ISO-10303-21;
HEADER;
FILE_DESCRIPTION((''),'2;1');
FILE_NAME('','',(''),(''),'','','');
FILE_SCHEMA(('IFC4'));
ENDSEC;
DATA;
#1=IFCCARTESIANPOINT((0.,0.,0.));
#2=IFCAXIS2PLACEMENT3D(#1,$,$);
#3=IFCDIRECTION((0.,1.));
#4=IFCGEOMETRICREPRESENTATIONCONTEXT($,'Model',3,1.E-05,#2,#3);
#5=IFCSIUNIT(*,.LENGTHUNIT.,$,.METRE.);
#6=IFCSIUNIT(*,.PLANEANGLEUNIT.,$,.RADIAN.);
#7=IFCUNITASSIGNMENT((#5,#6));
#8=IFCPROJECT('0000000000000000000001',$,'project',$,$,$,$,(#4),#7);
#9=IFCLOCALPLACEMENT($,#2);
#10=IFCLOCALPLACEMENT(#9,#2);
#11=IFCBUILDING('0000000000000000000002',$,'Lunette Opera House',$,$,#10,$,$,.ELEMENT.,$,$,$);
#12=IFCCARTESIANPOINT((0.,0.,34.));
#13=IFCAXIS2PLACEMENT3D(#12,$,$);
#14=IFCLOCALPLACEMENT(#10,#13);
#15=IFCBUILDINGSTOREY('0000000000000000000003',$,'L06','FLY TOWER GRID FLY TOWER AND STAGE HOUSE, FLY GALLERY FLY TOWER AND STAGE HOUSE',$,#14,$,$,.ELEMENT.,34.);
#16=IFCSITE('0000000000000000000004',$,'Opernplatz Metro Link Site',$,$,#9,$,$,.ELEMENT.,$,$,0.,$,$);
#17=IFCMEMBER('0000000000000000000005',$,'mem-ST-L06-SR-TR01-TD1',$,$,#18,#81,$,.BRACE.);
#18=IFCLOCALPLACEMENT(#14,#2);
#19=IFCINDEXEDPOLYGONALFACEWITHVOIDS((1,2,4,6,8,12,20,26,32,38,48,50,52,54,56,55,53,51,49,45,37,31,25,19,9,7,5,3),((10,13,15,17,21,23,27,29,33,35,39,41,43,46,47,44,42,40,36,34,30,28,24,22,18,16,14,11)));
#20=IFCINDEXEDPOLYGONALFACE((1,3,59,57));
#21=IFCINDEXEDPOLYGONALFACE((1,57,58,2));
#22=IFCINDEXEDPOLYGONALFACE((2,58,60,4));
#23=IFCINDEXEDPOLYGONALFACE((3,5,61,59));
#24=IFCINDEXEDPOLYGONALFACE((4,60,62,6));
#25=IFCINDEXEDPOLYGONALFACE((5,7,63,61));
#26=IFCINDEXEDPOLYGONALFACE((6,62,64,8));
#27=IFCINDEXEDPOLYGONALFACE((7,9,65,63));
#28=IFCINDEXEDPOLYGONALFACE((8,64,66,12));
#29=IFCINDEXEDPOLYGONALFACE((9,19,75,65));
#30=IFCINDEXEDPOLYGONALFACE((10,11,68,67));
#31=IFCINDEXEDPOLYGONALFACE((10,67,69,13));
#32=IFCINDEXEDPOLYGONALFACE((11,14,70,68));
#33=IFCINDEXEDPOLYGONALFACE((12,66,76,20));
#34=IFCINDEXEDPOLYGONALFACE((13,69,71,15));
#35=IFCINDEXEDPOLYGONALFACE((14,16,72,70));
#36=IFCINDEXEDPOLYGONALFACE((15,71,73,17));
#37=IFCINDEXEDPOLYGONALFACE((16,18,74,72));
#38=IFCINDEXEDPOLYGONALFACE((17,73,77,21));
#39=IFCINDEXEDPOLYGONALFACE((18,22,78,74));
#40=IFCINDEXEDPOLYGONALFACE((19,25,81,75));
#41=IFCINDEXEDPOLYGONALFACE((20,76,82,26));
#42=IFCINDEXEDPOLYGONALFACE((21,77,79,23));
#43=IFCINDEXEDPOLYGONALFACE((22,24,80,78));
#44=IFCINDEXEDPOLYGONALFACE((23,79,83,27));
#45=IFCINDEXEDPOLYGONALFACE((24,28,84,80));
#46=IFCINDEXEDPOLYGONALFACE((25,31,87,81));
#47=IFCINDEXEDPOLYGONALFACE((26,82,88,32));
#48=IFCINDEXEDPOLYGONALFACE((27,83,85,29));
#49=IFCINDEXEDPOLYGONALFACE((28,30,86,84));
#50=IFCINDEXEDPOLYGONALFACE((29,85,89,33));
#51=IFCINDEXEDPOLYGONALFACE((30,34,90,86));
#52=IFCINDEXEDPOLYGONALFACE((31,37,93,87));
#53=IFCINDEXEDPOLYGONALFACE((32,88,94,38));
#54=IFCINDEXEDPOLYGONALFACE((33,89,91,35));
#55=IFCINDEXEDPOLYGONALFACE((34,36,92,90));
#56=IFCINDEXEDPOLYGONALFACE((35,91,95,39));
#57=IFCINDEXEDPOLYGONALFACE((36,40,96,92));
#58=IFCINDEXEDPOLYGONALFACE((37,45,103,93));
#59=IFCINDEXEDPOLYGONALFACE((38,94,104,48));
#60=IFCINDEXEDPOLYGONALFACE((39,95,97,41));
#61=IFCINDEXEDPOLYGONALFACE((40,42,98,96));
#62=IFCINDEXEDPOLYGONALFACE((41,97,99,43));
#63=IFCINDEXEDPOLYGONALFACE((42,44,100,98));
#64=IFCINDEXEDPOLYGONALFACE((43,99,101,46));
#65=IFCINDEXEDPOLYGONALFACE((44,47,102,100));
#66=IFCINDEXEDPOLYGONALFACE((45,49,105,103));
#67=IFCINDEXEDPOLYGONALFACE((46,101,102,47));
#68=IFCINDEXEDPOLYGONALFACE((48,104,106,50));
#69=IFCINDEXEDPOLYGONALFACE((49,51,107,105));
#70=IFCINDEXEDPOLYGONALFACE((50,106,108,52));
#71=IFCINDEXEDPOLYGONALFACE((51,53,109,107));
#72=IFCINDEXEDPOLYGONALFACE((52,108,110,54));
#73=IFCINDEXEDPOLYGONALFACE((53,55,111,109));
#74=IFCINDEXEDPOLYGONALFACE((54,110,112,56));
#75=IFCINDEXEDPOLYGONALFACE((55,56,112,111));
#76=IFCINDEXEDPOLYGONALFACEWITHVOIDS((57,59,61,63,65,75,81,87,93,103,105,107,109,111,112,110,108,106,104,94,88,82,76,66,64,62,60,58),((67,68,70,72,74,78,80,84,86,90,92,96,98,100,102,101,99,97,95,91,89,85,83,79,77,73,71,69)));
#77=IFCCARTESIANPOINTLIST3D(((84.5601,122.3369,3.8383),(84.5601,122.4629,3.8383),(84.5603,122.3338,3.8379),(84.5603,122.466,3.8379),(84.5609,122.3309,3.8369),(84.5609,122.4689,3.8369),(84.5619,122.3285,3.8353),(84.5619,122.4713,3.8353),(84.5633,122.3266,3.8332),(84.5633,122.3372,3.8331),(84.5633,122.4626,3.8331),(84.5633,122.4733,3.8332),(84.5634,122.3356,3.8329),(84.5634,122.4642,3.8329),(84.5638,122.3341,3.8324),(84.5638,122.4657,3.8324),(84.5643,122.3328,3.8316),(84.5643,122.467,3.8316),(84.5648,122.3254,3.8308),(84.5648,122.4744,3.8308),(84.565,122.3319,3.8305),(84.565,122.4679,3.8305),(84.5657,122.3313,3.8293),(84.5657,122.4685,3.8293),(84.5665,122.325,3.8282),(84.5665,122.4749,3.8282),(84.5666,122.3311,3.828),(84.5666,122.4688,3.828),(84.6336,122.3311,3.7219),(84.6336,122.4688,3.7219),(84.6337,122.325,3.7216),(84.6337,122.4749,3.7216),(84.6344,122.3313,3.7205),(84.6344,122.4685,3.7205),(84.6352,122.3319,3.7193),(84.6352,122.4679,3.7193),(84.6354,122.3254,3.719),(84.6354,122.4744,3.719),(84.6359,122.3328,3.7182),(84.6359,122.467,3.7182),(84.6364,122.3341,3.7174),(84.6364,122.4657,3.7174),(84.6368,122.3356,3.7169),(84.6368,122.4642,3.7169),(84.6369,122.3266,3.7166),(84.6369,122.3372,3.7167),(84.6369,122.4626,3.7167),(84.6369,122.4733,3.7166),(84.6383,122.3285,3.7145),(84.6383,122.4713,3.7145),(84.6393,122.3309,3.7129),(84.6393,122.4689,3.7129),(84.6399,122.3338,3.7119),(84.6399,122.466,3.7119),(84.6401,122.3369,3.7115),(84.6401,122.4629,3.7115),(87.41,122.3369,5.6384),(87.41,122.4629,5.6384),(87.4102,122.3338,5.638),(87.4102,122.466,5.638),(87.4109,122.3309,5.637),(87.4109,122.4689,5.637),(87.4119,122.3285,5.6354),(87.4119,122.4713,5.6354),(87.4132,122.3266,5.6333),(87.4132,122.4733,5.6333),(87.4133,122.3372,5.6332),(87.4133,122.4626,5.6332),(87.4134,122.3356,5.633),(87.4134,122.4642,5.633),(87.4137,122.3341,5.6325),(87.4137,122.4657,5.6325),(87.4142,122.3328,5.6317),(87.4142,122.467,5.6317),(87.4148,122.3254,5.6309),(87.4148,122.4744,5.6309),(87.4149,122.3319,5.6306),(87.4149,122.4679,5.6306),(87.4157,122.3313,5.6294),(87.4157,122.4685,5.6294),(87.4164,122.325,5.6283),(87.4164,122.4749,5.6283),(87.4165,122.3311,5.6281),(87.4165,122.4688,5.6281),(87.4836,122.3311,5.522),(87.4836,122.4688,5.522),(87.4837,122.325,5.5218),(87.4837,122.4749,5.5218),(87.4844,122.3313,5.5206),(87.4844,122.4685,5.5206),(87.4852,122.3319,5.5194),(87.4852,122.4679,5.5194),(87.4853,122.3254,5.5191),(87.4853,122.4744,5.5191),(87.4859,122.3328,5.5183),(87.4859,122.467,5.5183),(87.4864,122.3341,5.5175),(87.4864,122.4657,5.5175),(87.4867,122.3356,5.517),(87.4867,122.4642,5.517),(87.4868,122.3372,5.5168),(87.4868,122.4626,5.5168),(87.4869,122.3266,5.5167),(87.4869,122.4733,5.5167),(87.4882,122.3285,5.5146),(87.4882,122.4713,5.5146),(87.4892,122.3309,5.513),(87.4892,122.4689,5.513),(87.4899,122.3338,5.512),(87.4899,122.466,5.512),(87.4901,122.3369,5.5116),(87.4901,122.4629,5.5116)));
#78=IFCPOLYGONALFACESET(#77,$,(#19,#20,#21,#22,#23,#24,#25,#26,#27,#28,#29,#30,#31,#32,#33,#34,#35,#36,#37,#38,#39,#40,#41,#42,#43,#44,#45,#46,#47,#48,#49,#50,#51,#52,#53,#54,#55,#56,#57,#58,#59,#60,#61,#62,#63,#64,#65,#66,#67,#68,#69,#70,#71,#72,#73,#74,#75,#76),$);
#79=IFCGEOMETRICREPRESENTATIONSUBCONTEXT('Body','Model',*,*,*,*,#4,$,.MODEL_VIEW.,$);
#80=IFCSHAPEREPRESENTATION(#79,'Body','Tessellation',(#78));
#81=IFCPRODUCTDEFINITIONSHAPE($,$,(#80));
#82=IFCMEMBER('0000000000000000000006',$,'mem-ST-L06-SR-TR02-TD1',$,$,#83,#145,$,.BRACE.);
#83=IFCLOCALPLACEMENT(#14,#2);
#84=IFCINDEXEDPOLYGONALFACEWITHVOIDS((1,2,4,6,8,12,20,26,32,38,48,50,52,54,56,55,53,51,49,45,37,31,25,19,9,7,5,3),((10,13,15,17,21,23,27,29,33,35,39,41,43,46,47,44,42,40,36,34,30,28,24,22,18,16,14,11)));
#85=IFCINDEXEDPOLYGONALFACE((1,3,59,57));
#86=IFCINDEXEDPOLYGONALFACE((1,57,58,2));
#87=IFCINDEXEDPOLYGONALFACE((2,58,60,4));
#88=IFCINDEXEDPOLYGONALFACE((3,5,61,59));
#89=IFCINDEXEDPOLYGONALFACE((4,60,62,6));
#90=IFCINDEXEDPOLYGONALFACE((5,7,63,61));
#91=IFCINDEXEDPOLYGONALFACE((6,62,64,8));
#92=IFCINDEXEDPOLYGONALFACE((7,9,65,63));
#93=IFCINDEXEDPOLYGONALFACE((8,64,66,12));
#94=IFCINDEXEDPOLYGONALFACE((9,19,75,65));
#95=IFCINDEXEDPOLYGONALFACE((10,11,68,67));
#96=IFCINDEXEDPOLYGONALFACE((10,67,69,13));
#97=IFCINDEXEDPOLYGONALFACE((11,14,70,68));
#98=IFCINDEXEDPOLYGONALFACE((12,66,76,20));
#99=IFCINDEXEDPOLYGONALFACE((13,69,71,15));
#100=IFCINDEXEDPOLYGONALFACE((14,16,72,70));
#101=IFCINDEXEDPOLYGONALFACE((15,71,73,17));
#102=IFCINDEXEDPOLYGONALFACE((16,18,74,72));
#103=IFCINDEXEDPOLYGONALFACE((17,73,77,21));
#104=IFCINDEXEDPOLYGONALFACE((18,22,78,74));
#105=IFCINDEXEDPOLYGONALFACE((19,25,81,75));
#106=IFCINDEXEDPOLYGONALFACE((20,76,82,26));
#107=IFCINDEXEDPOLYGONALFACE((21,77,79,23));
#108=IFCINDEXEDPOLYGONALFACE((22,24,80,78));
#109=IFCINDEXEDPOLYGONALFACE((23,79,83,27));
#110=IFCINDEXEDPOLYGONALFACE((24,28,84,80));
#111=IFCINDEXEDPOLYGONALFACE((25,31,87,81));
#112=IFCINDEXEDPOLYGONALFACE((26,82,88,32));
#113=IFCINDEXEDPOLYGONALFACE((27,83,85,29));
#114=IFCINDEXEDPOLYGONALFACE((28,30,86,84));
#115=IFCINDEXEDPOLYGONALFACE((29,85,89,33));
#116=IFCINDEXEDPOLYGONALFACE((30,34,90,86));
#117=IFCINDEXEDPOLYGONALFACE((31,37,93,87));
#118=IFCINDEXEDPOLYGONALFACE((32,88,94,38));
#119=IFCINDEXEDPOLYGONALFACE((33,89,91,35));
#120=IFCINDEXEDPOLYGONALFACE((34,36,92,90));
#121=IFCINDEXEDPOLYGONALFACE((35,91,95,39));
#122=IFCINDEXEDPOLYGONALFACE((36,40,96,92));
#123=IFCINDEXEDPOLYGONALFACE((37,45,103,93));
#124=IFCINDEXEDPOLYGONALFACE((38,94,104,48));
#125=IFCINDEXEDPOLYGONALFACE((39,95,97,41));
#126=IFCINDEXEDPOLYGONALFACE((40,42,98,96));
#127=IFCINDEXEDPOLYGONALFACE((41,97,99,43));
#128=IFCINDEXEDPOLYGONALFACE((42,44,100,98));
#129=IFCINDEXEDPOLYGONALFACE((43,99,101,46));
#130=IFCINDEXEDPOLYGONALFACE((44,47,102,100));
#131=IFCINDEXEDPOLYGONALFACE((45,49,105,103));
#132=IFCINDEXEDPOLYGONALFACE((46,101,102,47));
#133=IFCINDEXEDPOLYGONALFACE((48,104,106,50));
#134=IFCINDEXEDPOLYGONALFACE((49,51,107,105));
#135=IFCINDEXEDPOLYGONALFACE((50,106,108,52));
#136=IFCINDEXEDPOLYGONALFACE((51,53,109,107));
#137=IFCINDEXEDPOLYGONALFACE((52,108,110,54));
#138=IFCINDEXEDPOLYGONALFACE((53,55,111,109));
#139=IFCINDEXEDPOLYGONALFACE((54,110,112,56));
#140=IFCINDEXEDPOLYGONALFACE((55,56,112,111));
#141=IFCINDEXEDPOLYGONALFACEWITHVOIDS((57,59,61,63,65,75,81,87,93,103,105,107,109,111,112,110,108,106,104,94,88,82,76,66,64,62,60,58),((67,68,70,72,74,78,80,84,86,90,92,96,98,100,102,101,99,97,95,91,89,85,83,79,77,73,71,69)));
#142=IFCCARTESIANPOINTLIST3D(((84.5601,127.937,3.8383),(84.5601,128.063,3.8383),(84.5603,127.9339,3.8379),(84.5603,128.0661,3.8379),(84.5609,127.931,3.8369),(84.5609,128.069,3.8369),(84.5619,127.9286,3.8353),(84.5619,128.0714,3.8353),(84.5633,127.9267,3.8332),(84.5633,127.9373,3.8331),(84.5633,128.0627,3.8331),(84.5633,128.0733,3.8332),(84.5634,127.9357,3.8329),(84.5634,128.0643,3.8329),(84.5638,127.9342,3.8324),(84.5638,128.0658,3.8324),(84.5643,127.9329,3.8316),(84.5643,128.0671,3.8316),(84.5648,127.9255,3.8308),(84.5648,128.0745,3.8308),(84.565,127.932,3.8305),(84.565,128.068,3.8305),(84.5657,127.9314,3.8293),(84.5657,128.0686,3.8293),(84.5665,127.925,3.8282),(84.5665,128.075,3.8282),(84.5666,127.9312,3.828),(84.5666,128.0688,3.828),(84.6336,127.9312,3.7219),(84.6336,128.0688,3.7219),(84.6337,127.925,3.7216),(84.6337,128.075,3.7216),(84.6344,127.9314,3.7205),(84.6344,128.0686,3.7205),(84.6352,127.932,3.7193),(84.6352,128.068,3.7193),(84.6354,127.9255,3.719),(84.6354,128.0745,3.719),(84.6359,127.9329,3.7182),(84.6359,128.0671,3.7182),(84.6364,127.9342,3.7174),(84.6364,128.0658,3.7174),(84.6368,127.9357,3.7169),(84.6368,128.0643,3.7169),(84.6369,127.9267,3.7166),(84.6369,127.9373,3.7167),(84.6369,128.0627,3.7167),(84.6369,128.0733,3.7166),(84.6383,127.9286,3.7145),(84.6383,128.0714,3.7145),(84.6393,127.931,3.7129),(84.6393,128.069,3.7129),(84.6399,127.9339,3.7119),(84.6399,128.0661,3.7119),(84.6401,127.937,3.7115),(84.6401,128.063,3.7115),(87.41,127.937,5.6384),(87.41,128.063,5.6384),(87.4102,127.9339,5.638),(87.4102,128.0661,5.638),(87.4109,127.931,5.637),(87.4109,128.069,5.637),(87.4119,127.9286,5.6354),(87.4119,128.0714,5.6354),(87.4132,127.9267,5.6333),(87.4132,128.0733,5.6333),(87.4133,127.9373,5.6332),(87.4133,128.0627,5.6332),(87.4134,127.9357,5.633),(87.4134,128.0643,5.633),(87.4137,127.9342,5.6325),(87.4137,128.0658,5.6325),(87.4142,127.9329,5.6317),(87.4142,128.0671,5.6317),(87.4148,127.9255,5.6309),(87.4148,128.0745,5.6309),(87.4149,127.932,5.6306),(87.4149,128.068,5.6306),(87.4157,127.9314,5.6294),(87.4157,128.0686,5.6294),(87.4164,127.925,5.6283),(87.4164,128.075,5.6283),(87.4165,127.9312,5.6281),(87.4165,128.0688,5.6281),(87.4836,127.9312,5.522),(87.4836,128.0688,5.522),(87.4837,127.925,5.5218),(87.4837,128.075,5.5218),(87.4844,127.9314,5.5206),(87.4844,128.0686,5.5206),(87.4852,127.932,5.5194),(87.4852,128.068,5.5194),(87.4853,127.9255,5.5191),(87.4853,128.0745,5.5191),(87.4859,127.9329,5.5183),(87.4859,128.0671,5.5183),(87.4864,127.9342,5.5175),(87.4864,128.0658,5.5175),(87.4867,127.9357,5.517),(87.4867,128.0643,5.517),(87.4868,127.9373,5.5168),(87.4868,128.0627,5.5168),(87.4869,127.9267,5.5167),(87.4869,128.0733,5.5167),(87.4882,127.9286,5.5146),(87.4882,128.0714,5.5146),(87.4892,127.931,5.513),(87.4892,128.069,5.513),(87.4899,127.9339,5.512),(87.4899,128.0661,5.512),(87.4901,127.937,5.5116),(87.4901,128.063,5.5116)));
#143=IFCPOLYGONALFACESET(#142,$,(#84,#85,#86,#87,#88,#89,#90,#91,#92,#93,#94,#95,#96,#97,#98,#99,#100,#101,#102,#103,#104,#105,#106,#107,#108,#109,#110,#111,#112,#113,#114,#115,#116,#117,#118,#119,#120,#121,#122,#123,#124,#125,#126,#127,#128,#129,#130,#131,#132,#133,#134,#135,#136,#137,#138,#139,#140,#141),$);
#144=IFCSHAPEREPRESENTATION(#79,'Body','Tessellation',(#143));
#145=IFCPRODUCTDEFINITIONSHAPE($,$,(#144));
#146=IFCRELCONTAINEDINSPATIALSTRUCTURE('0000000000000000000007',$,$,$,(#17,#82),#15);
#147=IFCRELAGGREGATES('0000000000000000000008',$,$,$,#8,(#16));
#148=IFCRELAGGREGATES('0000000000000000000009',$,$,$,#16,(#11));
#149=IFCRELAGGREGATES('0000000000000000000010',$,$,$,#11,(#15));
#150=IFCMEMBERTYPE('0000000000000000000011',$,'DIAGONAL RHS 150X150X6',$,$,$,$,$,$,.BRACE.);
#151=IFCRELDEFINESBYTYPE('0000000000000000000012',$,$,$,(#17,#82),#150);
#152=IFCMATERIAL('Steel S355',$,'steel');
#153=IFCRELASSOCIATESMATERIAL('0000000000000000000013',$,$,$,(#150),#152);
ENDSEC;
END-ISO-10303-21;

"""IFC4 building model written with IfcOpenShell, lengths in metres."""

from ifc_helpers import new_model, si_unit, direction, frame, origin, origin_2d, place, context, subcontext, project, spatial, hollow_rectangle, extrude, material, material_profile, profile_set, type_object, element, save


model = new_model("IFC4")

# Units and contexts
model_context = context("Model", 3, precision=1e-05, world=origin(), true_north=direction((0.0, 1.0)))
body_context = subcontext(model_context, "Body", "Model", "MODEL_VIEW")
ifc_project = project(units=[si_unit("LENGTHUNIT", "METRE"), si_unit("PLANEANGLEUNIT", "RADIAN")], contexts=[model_context])

# Site, building, storey
site_placement = place(None, origin())
site = spatial("IfcSite", under=ifc_project, at=site_placement, Name="Opernplatz Metro Link Site", CompositionType="ELEMENT", RefElevation=0.0)
building_placement = place(site_placement, origin())
building = spatial("IfcBuilding", under=site, at=building_placement, Name="Lunette Opera House", CompositionType="ELEMENT")
storey_placement = place(building_placement, frame((0.0, 0.0, 34.0)))
storey = spatial("IfcBuildingStorey", under=building, at=storey_placement, Name="L06", Description="FLY TOWER GRID FLY TOWER AND STAGE HOUSE, FLY GALLERY FLY TOWER AND STAGE HOUSE", CompositionType="ELEMENT", Elevation=34.0)

# Members
ifc_material_1 = material(Name="Steel S355", Category="steel")
ifc_material_profile_1 = material_profile(ifc_material_1, hollow_rectangle(XDim=0.1499, YDim=0.1499, WallThickness=0.0061, InnerFilletRadius=0.0061, OuterFilletRadius=0.012, at=origin_2d()), Name="RHS 150X150X6")
ifc_profile_set_1 = profile_set([ifc_material_profile_1], Name="Steel S355")
member_type_1 = type_object("IfcMemberType", Name="DIAGONAL RHS 150X150X6", PredefinedType="BRACE", material=ifc_profile_set_1)
for number, where, z_axis, x_axis, name in (
    (1, (84.6001, 122.3999, 3.7749), (0.84547, 0.0, 0.534023), (0.0, 1.0, 0.0), "mem-ST-L06-SR-TR01-TD1"),
    (2, (84.6001, 128.0, 3.7749), (0.84547, 0.0, 0.534023), (0.0, 1.0, 0.0), "mem-ST-L06-SR-TR02-TD1"),
):
    element("IfcMember", number, at=place(storey_placement, frame(where, z_axis=z_axis, x_axis=x_axis)), inside=storey, type_object=member_type_1, Name=name, PredefinedType="BRACE", context=body_context, shape_type="SweptSolid", body=[
        extrude(hollow_rectangle(XDim=0.1499, YDim=0.1499, WallThickness=0.0061, InnerFilletRadius=0.0061, OuterFilletRadius=0.012, at=origin_2d()), origin(), (0.0, 0.0, 1.0), 3.3708),
    ])

save(model, "model.ifc")
